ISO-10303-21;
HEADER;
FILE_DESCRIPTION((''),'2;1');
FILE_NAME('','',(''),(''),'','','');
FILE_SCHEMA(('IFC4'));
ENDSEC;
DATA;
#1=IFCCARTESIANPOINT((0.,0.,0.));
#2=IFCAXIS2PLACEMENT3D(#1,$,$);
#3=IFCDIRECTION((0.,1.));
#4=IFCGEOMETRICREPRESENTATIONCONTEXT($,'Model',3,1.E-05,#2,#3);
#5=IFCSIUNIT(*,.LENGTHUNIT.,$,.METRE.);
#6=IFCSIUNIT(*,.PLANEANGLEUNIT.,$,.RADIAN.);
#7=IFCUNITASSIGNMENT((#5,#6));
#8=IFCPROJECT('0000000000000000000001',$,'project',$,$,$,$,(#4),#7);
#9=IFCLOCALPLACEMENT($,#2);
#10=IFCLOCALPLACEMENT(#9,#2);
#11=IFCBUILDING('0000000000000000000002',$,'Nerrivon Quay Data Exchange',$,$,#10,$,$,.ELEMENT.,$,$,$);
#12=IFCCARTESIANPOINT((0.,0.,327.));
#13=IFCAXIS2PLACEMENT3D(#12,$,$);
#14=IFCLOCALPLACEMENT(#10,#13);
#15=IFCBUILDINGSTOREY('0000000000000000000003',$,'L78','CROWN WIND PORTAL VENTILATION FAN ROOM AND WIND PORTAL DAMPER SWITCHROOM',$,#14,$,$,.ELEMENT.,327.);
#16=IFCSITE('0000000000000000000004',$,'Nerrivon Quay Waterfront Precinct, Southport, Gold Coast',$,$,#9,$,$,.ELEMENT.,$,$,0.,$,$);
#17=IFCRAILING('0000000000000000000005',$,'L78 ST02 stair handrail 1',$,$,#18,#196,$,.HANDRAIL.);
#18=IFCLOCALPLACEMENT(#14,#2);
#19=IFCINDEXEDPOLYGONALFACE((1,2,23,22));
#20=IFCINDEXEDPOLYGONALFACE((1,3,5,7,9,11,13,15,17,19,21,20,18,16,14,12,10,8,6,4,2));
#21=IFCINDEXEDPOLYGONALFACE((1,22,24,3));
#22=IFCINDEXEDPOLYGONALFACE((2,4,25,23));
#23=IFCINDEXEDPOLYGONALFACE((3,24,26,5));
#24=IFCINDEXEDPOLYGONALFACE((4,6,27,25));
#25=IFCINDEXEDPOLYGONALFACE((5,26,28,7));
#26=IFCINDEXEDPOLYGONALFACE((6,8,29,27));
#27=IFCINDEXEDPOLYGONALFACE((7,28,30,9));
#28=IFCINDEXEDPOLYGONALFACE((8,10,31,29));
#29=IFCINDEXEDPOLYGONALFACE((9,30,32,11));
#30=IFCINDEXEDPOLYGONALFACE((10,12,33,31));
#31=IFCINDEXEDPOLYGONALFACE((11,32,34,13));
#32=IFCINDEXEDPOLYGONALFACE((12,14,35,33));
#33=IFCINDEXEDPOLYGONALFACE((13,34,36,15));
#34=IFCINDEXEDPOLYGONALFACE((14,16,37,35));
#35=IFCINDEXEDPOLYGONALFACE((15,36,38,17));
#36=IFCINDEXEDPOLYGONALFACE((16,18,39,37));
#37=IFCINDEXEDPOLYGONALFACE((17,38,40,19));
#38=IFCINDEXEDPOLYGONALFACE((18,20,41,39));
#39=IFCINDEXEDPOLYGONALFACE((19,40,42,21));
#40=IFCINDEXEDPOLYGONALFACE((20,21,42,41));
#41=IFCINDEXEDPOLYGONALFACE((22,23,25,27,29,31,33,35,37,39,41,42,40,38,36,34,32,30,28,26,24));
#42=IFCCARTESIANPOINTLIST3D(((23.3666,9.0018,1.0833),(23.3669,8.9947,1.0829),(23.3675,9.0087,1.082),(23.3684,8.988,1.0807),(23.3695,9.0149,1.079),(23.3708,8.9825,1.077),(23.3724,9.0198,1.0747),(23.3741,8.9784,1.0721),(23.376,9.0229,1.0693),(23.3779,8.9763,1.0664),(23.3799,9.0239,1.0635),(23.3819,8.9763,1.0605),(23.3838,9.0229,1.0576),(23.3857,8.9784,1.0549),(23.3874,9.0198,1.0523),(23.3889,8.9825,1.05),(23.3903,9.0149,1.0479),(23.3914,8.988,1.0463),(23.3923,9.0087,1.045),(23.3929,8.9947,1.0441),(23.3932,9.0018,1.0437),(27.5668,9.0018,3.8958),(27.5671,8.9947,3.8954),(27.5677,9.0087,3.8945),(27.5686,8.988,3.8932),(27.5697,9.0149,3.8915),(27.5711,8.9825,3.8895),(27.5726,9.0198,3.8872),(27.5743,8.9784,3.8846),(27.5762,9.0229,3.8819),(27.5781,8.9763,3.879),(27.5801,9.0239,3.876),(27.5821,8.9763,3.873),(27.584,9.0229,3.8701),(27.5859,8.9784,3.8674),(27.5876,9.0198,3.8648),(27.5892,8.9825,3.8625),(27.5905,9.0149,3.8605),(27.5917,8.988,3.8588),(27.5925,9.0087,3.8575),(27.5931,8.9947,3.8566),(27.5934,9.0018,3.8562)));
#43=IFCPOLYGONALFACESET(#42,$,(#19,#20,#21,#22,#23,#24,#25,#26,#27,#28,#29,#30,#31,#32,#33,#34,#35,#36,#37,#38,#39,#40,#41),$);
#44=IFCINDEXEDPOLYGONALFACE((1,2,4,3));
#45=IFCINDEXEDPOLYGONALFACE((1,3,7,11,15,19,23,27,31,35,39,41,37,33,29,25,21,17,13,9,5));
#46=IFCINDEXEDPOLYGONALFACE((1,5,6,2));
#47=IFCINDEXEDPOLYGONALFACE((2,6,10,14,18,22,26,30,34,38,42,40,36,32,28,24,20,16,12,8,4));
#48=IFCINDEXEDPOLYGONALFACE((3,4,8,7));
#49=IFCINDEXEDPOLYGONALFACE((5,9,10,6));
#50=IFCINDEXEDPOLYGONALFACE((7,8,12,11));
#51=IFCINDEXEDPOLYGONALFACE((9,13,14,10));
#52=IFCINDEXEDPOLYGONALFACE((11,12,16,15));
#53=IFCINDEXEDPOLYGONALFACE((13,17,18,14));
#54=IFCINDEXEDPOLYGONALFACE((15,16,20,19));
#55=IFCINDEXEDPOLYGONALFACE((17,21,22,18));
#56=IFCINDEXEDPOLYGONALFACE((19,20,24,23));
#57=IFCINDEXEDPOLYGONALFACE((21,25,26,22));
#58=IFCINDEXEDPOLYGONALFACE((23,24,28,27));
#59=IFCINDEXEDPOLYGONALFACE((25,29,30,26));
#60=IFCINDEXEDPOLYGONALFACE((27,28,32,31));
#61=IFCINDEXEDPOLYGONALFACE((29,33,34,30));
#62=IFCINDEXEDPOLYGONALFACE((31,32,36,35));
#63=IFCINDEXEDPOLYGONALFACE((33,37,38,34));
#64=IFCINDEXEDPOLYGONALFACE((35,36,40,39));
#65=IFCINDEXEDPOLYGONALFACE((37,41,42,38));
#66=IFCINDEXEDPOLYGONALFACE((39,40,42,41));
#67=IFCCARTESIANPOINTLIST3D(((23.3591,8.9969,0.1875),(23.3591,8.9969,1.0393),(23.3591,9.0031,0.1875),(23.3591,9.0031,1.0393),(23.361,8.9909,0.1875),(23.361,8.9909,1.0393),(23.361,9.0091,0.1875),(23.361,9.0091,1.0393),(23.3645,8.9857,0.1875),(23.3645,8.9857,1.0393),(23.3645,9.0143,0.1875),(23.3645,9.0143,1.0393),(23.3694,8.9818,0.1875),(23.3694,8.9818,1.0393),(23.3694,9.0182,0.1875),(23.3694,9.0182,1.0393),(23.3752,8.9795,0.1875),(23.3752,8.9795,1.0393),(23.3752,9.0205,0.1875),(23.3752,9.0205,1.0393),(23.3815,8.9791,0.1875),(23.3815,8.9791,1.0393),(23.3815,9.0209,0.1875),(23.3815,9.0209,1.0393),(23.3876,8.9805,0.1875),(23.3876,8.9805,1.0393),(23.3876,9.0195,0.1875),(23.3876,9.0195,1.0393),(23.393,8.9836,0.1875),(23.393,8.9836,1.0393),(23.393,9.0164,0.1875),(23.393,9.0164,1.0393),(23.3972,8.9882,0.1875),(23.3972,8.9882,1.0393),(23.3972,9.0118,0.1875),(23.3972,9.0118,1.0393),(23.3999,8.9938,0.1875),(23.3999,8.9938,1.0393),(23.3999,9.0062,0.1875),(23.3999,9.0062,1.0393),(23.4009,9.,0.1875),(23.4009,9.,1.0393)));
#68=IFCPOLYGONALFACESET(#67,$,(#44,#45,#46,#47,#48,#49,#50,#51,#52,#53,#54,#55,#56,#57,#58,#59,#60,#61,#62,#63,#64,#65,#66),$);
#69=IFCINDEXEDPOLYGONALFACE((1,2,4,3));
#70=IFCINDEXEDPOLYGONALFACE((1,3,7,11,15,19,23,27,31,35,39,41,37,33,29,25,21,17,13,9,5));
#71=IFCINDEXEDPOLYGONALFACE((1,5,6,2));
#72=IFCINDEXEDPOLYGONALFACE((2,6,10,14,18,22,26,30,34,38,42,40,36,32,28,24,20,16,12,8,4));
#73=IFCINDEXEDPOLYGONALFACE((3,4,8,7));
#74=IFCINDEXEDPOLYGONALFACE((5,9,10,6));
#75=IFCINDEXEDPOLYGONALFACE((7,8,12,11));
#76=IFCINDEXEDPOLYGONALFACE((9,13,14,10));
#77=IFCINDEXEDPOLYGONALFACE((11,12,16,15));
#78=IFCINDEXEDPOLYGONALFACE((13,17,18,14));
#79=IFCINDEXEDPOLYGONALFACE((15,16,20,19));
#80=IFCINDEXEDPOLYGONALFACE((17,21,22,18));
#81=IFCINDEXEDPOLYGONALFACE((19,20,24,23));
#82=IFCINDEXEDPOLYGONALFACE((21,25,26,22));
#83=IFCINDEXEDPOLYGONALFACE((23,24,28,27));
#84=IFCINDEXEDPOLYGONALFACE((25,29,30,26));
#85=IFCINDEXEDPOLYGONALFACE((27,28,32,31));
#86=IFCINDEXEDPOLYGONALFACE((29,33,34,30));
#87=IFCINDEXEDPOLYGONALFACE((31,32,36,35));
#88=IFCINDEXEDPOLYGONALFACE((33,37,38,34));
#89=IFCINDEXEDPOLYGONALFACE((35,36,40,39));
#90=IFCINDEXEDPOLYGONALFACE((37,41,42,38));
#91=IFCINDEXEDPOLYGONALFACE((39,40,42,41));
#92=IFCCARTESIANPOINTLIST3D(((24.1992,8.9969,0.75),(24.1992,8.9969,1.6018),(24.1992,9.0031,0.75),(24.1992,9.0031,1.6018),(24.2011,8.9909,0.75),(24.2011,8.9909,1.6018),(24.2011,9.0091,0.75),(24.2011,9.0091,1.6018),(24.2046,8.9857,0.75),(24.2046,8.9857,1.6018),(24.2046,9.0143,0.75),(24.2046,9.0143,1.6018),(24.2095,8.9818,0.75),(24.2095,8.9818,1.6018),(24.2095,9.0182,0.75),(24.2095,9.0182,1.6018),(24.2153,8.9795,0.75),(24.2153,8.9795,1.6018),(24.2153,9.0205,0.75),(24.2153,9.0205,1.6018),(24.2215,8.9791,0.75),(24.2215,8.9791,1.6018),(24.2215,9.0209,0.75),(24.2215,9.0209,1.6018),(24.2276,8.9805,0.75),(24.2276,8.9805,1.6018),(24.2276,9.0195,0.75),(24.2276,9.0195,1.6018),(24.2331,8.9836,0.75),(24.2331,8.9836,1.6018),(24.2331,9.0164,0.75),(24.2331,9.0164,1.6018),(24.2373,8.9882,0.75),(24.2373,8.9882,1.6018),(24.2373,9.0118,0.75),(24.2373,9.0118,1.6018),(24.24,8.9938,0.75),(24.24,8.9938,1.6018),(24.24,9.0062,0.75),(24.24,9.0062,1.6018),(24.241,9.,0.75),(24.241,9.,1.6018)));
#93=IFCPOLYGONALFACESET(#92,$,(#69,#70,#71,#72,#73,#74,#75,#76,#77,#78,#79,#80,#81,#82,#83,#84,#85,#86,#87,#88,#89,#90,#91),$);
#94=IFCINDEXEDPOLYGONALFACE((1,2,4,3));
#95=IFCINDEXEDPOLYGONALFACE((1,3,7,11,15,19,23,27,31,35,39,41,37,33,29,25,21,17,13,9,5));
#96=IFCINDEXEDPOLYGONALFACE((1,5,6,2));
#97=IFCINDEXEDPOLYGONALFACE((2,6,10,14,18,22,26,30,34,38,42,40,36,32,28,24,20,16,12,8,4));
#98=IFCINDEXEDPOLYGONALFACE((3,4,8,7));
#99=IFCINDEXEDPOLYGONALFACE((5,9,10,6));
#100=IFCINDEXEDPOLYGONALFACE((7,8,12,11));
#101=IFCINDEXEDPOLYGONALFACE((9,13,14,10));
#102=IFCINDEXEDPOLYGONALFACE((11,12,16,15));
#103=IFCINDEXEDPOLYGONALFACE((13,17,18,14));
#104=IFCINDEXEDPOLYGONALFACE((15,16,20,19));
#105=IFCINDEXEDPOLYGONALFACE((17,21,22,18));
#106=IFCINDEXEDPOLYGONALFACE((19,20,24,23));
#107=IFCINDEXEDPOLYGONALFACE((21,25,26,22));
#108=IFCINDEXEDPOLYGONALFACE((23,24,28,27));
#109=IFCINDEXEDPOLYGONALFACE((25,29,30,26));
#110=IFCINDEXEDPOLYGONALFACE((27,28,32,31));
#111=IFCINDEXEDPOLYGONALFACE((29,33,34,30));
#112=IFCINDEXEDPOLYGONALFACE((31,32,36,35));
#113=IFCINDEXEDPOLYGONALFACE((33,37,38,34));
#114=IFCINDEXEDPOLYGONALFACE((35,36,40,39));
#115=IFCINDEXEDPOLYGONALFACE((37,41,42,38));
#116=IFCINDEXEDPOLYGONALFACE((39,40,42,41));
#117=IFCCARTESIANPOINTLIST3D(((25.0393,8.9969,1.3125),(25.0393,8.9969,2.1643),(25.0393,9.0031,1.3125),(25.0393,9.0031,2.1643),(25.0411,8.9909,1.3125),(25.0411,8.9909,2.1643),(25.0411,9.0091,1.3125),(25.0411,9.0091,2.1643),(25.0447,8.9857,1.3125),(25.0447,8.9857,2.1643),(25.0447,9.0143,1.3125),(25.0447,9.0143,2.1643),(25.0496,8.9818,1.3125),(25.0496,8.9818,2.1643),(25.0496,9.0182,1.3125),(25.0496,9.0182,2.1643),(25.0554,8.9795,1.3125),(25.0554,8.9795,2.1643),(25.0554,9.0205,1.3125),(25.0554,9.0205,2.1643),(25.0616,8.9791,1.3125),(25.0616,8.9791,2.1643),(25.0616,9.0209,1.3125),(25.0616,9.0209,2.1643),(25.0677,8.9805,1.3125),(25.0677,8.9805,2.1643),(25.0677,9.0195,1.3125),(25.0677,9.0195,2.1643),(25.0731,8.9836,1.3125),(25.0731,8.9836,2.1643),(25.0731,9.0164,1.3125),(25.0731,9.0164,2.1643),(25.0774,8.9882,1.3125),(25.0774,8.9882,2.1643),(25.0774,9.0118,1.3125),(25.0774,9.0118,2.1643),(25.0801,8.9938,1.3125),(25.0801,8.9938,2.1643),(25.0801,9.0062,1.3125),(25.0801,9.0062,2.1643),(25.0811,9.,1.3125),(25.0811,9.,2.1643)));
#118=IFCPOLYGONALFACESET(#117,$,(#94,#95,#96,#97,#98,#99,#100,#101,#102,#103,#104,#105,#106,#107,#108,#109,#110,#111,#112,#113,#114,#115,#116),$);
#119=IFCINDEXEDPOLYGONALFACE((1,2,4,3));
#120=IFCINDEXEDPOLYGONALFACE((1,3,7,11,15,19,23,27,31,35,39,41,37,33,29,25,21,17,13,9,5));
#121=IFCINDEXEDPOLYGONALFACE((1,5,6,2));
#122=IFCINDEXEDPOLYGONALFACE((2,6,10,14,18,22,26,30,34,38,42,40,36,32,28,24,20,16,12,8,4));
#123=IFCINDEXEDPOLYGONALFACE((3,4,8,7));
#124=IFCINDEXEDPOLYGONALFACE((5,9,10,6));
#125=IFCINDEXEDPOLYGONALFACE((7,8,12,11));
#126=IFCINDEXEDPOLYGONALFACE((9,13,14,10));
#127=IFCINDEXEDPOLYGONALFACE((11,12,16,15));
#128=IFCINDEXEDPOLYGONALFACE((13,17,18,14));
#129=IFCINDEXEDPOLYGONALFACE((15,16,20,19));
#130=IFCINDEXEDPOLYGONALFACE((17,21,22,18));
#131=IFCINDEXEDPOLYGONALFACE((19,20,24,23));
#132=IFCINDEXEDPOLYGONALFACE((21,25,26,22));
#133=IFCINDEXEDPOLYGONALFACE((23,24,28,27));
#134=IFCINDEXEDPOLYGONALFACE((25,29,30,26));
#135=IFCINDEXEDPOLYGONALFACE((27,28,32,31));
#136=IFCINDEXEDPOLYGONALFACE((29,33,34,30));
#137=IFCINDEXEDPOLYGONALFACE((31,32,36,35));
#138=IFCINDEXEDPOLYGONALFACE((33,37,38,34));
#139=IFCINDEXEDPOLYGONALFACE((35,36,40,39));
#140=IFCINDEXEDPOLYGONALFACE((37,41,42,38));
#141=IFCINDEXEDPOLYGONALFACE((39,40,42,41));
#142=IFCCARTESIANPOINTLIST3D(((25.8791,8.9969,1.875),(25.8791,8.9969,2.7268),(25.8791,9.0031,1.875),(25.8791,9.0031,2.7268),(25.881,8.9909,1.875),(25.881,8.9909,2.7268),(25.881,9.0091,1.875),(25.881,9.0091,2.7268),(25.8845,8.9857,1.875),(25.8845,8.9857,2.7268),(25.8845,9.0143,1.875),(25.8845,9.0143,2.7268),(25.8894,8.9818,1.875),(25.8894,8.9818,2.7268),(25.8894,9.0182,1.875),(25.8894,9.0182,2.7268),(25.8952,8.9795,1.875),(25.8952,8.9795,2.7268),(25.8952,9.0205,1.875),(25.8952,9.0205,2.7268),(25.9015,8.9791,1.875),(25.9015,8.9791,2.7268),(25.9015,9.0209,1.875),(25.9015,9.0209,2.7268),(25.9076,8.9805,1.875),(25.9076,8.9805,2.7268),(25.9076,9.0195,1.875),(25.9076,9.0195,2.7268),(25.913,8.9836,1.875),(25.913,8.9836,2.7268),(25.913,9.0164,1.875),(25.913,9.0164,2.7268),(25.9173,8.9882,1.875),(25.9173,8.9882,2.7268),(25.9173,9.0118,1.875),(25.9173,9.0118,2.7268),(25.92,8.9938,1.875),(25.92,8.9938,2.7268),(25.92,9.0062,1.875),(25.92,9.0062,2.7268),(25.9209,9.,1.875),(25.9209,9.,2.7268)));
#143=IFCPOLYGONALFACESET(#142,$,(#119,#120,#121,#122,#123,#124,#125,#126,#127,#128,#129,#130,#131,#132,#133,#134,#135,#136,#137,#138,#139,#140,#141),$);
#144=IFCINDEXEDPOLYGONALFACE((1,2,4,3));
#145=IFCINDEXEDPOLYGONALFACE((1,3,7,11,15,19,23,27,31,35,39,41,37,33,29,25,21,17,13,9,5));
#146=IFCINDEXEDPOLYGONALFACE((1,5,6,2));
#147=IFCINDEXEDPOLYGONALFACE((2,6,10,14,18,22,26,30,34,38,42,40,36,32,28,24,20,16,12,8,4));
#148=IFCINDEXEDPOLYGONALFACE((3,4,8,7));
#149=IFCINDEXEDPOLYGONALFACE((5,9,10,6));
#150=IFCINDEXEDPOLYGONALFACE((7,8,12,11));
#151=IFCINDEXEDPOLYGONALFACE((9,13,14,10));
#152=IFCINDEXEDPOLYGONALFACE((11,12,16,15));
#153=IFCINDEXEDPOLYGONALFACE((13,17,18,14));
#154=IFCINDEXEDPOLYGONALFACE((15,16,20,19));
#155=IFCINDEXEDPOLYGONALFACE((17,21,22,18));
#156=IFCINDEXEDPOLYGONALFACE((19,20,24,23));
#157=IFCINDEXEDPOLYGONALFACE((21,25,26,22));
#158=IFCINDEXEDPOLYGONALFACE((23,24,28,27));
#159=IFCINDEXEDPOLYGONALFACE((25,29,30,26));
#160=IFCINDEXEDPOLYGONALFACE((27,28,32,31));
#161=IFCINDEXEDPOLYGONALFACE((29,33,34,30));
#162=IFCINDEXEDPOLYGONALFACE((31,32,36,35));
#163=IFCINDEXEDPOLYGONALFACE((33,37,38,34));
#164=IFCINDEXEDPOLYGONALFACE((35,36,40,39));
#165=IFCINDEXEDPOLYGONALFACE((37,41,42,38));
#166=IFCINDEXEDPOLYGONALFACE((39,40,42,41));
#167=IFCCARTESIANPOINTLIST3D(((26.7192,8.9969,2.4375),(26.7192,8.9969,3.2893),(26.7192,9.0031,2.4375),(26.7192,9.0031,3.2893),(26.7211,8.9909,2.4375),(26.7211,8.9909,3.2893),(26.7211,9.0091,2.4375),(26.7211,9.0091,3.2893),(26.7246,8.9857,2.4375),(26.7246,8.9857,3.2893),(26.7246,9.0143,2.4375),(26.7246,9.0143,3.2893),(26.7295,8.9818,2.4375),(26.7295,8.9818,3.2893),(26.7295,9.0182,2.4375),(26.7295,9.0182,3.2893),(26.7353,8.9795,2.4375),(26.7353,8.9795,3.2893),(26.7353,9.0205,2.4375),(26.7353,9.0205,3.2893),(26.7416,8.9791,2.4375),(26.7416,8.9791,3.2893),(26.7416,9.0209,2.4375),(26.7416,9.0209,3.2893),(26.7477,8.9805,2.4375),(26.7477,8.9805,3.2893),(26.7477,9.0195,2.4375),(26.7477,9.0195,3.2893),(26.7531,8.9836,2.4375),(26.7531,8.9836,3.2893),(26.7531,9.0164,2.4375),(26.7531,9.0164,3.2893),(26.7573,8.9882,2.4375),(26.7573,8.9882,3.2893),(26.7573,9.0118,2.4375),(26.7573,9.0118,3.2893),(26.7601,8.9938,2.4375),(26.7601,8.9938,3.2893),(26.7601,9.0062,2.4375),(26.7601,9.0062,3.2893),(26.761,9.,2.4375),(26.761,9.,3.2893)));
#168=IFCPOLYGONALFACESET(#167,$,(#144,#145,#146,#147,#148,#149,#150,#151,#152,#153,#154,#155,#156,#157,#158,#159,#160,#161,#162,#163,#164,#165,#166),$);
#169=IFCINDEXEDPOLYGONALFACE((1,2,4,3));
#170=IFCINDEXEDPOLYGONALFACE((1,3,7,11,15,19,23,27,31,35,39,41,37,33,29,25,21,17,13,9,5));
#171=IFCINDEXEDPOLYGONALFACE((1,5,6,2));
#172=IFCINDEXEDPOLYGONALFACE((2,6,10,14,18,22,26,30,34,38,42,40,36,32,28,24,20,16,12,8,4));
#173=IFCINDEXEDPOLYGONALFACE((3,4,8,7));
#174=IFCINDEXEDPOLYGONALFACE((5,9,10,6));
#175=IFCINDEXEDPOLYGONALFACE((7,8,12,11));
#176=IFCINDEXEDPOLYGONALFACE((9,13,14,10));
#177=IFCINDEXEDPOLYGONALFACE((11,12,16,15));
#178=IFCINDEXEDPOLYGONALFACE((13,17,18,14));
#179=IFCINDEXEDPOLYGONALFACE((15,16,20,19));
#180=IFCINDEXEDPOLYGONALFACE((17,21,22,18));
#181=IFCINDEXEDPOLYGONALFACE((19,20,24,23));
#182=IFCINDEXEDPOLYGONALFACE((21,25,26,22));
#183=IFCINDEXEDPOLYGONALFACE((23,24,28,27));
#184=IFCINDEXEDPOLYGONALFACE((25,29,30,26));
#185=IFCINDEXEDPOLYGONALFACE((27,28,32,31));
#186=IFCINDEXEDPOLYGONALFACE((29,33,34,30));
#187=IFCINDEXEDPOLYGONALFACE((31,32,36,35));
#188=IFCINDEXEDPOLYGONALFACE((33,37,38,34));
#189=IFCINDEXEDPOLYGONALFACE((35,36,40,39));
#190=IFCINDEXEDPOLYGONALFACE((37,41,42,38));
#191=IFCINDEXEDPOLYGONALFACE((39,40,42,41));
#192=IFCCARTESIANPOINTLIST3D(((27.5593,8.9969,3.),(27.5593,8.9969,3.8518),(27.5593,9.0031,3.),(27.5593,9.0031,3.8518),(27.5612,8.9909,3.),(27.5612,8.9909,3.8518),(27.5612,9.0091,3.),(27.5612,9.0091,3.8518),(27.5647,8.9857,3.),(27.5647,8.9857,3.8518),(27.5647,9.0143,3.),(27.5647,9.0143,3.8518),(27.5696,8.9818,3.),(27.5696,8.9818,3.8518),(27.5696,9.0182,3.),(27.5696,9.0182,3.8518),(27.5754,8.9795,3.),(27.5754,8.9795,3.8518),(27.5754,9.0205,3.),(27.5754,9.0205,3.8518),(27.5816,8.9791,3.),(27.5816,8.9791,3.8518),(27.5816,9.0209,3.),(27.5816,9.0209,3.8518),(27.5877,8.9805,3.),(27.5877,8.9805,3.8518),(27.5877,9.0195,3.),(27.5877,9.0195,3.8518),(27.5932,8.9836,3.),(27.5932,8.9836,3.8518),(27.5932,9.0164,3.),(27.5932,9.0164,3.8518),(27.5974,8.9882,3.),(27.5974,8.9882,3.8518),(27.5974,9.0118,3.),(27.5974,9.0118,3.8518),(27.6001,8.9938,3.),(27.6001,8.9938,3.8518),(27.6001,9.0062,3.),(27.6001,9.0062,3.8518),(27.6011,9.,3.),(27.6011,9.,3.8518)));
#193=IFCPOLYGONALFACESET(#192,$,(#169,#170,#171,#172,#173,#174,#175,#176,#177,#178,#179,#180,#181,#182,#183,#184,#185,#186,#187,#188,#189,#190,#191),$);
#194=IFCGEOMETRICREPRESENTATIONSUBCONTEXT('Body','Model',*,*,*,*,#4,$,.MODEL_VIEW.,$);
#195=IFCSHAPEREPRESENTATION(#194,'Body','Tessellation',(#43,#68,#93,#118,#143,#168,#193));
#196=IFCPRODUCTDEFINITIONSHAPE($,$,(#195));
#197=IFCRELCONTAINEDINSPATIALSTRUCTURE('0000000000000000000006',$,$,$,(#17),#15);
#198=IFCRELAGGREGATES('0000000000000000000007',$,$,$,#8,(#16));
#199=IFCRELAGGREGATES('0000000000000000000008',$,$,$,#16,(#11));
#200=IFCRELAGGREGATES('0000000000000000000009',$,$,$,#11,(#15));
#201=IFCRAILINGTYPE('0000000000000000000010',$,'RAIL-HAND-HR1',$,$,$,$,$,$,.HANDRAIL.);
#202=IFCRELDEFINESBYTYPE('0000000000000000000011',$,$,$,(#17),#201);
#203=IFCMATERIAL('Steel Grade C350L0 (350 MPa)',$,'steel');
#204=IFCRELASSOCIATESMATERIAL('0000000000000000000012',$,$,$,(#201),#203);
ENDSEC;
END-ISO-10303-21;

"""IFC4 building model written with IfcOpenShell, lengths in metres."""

from ifc_helpers import new_model, si_unit, direction, frame, origin, origin_2d, place, context, subcontext, project, spatial, circle, extrude, material, type_object, element, save


model = new_model("IFC4")

# Units and contexts
model_context = context("Model", 3, precision=1e-05, world=origin(), true_north=direction((0.0, 1.0)))
body_context = subcontext(model_context, "Body", "Model", "MODEL_VIEW")
ifc_project = project(units=[si_unit("LENGTHUNIT", "METRE"), si_unit("PLANEANGLEUNIT", "RADIAN")], contexts=[model_context])

# Site, building, storey
site_placement = place(None, origin())
site = spatial("IfcSite", under=ifc_project, at=site_placement, Name="Nerrivon Quay Waterfront Precinct, Southport, Gold Coast", CompositionType="ELEMENT", RefElevation=0.0)
building_placement = place(site_placement, origin())
building = spatial("IfcBuilding", under=site, at=building_placement, Name="Nerrivon Quay Data Exchange", CompositionType="ELEMENT")
storey_placement = place(building_placement, frame((0.0, 0.0, 327.0)))
storey = spatial("IfcBuildingStorey", under=building, at=storey_placement, Name="L78", Description="CROWN WIND PORTAL VENTILATION FAN ROOM AND WIND PORTAL DAMPER SWITCHROOM", CompositionType="ELEMENT", Elevation=327.0)

# Shared definitions
ifc_material_1 = material(Name="Steel Grade C350L0 (350 MPa)", Category="steel")

# Railing
railing_type_1 = type_object("IfcRailingType", Name="RAIL-HAND-HR1", PredefinedType="HANDRAIL", material=ifc_material_1)
railing_1_placement = place(storey_placement, frame((23.3799, 9.0, 0.1875)))
element("IfcRailing", 1, at=railing_1_placement, inside=storey, type_object=railing_type_1, Name="L78 ST02 stair handrail 1", PredefinedType="HANDRAIL", context=body_context, shape_type="SweptSolid", body=[
    extrude(circle(Radius=0.0239, at=origin_2d()), frame((0.0, 0.0, 0.876), z_axis=(0.830919, 0.0, 0.556393), x_axis=(0.0, 1.0, 0.0)), (0.0, 0.0, 1.0), 5.0549),
    extrude(circle(Radius=0.021, at=origin_2d()), origin(), (0.0, 0.0, 1.0), 0.8518),
    extrude(circle(Radius=0.021, at=origin_2d()), frame((0.8401, 0.0, 0.5625)), (0.0, 0.0, 1.0), 0.8518),
    extrude(circle(Radius=0.021, at=origin_2d()), frame((1.6802, 0.0, 1.125)), (0.0, 0.0, 1.0), 0.8518),
    extrude(circle(Radius=0.021, at=origin_2d()), frame((2.52, 0.0, 1.6875)), (0.0, 0.0, 1.0), 0.8518),
    extrude(circle(Radius=0.021, at=origin_2d()), frame((3.3601, 0.0, 2.25)), (0.0, 0.0, 1.0), 0.8518),
    extrude(circle(Radius=0.021, at=origin_2d()), frame((4.2002, 0.0, 2.8125)), (0.0, 0.0, 1.0), 0.8518),
])

save(model, "model.ifc")
